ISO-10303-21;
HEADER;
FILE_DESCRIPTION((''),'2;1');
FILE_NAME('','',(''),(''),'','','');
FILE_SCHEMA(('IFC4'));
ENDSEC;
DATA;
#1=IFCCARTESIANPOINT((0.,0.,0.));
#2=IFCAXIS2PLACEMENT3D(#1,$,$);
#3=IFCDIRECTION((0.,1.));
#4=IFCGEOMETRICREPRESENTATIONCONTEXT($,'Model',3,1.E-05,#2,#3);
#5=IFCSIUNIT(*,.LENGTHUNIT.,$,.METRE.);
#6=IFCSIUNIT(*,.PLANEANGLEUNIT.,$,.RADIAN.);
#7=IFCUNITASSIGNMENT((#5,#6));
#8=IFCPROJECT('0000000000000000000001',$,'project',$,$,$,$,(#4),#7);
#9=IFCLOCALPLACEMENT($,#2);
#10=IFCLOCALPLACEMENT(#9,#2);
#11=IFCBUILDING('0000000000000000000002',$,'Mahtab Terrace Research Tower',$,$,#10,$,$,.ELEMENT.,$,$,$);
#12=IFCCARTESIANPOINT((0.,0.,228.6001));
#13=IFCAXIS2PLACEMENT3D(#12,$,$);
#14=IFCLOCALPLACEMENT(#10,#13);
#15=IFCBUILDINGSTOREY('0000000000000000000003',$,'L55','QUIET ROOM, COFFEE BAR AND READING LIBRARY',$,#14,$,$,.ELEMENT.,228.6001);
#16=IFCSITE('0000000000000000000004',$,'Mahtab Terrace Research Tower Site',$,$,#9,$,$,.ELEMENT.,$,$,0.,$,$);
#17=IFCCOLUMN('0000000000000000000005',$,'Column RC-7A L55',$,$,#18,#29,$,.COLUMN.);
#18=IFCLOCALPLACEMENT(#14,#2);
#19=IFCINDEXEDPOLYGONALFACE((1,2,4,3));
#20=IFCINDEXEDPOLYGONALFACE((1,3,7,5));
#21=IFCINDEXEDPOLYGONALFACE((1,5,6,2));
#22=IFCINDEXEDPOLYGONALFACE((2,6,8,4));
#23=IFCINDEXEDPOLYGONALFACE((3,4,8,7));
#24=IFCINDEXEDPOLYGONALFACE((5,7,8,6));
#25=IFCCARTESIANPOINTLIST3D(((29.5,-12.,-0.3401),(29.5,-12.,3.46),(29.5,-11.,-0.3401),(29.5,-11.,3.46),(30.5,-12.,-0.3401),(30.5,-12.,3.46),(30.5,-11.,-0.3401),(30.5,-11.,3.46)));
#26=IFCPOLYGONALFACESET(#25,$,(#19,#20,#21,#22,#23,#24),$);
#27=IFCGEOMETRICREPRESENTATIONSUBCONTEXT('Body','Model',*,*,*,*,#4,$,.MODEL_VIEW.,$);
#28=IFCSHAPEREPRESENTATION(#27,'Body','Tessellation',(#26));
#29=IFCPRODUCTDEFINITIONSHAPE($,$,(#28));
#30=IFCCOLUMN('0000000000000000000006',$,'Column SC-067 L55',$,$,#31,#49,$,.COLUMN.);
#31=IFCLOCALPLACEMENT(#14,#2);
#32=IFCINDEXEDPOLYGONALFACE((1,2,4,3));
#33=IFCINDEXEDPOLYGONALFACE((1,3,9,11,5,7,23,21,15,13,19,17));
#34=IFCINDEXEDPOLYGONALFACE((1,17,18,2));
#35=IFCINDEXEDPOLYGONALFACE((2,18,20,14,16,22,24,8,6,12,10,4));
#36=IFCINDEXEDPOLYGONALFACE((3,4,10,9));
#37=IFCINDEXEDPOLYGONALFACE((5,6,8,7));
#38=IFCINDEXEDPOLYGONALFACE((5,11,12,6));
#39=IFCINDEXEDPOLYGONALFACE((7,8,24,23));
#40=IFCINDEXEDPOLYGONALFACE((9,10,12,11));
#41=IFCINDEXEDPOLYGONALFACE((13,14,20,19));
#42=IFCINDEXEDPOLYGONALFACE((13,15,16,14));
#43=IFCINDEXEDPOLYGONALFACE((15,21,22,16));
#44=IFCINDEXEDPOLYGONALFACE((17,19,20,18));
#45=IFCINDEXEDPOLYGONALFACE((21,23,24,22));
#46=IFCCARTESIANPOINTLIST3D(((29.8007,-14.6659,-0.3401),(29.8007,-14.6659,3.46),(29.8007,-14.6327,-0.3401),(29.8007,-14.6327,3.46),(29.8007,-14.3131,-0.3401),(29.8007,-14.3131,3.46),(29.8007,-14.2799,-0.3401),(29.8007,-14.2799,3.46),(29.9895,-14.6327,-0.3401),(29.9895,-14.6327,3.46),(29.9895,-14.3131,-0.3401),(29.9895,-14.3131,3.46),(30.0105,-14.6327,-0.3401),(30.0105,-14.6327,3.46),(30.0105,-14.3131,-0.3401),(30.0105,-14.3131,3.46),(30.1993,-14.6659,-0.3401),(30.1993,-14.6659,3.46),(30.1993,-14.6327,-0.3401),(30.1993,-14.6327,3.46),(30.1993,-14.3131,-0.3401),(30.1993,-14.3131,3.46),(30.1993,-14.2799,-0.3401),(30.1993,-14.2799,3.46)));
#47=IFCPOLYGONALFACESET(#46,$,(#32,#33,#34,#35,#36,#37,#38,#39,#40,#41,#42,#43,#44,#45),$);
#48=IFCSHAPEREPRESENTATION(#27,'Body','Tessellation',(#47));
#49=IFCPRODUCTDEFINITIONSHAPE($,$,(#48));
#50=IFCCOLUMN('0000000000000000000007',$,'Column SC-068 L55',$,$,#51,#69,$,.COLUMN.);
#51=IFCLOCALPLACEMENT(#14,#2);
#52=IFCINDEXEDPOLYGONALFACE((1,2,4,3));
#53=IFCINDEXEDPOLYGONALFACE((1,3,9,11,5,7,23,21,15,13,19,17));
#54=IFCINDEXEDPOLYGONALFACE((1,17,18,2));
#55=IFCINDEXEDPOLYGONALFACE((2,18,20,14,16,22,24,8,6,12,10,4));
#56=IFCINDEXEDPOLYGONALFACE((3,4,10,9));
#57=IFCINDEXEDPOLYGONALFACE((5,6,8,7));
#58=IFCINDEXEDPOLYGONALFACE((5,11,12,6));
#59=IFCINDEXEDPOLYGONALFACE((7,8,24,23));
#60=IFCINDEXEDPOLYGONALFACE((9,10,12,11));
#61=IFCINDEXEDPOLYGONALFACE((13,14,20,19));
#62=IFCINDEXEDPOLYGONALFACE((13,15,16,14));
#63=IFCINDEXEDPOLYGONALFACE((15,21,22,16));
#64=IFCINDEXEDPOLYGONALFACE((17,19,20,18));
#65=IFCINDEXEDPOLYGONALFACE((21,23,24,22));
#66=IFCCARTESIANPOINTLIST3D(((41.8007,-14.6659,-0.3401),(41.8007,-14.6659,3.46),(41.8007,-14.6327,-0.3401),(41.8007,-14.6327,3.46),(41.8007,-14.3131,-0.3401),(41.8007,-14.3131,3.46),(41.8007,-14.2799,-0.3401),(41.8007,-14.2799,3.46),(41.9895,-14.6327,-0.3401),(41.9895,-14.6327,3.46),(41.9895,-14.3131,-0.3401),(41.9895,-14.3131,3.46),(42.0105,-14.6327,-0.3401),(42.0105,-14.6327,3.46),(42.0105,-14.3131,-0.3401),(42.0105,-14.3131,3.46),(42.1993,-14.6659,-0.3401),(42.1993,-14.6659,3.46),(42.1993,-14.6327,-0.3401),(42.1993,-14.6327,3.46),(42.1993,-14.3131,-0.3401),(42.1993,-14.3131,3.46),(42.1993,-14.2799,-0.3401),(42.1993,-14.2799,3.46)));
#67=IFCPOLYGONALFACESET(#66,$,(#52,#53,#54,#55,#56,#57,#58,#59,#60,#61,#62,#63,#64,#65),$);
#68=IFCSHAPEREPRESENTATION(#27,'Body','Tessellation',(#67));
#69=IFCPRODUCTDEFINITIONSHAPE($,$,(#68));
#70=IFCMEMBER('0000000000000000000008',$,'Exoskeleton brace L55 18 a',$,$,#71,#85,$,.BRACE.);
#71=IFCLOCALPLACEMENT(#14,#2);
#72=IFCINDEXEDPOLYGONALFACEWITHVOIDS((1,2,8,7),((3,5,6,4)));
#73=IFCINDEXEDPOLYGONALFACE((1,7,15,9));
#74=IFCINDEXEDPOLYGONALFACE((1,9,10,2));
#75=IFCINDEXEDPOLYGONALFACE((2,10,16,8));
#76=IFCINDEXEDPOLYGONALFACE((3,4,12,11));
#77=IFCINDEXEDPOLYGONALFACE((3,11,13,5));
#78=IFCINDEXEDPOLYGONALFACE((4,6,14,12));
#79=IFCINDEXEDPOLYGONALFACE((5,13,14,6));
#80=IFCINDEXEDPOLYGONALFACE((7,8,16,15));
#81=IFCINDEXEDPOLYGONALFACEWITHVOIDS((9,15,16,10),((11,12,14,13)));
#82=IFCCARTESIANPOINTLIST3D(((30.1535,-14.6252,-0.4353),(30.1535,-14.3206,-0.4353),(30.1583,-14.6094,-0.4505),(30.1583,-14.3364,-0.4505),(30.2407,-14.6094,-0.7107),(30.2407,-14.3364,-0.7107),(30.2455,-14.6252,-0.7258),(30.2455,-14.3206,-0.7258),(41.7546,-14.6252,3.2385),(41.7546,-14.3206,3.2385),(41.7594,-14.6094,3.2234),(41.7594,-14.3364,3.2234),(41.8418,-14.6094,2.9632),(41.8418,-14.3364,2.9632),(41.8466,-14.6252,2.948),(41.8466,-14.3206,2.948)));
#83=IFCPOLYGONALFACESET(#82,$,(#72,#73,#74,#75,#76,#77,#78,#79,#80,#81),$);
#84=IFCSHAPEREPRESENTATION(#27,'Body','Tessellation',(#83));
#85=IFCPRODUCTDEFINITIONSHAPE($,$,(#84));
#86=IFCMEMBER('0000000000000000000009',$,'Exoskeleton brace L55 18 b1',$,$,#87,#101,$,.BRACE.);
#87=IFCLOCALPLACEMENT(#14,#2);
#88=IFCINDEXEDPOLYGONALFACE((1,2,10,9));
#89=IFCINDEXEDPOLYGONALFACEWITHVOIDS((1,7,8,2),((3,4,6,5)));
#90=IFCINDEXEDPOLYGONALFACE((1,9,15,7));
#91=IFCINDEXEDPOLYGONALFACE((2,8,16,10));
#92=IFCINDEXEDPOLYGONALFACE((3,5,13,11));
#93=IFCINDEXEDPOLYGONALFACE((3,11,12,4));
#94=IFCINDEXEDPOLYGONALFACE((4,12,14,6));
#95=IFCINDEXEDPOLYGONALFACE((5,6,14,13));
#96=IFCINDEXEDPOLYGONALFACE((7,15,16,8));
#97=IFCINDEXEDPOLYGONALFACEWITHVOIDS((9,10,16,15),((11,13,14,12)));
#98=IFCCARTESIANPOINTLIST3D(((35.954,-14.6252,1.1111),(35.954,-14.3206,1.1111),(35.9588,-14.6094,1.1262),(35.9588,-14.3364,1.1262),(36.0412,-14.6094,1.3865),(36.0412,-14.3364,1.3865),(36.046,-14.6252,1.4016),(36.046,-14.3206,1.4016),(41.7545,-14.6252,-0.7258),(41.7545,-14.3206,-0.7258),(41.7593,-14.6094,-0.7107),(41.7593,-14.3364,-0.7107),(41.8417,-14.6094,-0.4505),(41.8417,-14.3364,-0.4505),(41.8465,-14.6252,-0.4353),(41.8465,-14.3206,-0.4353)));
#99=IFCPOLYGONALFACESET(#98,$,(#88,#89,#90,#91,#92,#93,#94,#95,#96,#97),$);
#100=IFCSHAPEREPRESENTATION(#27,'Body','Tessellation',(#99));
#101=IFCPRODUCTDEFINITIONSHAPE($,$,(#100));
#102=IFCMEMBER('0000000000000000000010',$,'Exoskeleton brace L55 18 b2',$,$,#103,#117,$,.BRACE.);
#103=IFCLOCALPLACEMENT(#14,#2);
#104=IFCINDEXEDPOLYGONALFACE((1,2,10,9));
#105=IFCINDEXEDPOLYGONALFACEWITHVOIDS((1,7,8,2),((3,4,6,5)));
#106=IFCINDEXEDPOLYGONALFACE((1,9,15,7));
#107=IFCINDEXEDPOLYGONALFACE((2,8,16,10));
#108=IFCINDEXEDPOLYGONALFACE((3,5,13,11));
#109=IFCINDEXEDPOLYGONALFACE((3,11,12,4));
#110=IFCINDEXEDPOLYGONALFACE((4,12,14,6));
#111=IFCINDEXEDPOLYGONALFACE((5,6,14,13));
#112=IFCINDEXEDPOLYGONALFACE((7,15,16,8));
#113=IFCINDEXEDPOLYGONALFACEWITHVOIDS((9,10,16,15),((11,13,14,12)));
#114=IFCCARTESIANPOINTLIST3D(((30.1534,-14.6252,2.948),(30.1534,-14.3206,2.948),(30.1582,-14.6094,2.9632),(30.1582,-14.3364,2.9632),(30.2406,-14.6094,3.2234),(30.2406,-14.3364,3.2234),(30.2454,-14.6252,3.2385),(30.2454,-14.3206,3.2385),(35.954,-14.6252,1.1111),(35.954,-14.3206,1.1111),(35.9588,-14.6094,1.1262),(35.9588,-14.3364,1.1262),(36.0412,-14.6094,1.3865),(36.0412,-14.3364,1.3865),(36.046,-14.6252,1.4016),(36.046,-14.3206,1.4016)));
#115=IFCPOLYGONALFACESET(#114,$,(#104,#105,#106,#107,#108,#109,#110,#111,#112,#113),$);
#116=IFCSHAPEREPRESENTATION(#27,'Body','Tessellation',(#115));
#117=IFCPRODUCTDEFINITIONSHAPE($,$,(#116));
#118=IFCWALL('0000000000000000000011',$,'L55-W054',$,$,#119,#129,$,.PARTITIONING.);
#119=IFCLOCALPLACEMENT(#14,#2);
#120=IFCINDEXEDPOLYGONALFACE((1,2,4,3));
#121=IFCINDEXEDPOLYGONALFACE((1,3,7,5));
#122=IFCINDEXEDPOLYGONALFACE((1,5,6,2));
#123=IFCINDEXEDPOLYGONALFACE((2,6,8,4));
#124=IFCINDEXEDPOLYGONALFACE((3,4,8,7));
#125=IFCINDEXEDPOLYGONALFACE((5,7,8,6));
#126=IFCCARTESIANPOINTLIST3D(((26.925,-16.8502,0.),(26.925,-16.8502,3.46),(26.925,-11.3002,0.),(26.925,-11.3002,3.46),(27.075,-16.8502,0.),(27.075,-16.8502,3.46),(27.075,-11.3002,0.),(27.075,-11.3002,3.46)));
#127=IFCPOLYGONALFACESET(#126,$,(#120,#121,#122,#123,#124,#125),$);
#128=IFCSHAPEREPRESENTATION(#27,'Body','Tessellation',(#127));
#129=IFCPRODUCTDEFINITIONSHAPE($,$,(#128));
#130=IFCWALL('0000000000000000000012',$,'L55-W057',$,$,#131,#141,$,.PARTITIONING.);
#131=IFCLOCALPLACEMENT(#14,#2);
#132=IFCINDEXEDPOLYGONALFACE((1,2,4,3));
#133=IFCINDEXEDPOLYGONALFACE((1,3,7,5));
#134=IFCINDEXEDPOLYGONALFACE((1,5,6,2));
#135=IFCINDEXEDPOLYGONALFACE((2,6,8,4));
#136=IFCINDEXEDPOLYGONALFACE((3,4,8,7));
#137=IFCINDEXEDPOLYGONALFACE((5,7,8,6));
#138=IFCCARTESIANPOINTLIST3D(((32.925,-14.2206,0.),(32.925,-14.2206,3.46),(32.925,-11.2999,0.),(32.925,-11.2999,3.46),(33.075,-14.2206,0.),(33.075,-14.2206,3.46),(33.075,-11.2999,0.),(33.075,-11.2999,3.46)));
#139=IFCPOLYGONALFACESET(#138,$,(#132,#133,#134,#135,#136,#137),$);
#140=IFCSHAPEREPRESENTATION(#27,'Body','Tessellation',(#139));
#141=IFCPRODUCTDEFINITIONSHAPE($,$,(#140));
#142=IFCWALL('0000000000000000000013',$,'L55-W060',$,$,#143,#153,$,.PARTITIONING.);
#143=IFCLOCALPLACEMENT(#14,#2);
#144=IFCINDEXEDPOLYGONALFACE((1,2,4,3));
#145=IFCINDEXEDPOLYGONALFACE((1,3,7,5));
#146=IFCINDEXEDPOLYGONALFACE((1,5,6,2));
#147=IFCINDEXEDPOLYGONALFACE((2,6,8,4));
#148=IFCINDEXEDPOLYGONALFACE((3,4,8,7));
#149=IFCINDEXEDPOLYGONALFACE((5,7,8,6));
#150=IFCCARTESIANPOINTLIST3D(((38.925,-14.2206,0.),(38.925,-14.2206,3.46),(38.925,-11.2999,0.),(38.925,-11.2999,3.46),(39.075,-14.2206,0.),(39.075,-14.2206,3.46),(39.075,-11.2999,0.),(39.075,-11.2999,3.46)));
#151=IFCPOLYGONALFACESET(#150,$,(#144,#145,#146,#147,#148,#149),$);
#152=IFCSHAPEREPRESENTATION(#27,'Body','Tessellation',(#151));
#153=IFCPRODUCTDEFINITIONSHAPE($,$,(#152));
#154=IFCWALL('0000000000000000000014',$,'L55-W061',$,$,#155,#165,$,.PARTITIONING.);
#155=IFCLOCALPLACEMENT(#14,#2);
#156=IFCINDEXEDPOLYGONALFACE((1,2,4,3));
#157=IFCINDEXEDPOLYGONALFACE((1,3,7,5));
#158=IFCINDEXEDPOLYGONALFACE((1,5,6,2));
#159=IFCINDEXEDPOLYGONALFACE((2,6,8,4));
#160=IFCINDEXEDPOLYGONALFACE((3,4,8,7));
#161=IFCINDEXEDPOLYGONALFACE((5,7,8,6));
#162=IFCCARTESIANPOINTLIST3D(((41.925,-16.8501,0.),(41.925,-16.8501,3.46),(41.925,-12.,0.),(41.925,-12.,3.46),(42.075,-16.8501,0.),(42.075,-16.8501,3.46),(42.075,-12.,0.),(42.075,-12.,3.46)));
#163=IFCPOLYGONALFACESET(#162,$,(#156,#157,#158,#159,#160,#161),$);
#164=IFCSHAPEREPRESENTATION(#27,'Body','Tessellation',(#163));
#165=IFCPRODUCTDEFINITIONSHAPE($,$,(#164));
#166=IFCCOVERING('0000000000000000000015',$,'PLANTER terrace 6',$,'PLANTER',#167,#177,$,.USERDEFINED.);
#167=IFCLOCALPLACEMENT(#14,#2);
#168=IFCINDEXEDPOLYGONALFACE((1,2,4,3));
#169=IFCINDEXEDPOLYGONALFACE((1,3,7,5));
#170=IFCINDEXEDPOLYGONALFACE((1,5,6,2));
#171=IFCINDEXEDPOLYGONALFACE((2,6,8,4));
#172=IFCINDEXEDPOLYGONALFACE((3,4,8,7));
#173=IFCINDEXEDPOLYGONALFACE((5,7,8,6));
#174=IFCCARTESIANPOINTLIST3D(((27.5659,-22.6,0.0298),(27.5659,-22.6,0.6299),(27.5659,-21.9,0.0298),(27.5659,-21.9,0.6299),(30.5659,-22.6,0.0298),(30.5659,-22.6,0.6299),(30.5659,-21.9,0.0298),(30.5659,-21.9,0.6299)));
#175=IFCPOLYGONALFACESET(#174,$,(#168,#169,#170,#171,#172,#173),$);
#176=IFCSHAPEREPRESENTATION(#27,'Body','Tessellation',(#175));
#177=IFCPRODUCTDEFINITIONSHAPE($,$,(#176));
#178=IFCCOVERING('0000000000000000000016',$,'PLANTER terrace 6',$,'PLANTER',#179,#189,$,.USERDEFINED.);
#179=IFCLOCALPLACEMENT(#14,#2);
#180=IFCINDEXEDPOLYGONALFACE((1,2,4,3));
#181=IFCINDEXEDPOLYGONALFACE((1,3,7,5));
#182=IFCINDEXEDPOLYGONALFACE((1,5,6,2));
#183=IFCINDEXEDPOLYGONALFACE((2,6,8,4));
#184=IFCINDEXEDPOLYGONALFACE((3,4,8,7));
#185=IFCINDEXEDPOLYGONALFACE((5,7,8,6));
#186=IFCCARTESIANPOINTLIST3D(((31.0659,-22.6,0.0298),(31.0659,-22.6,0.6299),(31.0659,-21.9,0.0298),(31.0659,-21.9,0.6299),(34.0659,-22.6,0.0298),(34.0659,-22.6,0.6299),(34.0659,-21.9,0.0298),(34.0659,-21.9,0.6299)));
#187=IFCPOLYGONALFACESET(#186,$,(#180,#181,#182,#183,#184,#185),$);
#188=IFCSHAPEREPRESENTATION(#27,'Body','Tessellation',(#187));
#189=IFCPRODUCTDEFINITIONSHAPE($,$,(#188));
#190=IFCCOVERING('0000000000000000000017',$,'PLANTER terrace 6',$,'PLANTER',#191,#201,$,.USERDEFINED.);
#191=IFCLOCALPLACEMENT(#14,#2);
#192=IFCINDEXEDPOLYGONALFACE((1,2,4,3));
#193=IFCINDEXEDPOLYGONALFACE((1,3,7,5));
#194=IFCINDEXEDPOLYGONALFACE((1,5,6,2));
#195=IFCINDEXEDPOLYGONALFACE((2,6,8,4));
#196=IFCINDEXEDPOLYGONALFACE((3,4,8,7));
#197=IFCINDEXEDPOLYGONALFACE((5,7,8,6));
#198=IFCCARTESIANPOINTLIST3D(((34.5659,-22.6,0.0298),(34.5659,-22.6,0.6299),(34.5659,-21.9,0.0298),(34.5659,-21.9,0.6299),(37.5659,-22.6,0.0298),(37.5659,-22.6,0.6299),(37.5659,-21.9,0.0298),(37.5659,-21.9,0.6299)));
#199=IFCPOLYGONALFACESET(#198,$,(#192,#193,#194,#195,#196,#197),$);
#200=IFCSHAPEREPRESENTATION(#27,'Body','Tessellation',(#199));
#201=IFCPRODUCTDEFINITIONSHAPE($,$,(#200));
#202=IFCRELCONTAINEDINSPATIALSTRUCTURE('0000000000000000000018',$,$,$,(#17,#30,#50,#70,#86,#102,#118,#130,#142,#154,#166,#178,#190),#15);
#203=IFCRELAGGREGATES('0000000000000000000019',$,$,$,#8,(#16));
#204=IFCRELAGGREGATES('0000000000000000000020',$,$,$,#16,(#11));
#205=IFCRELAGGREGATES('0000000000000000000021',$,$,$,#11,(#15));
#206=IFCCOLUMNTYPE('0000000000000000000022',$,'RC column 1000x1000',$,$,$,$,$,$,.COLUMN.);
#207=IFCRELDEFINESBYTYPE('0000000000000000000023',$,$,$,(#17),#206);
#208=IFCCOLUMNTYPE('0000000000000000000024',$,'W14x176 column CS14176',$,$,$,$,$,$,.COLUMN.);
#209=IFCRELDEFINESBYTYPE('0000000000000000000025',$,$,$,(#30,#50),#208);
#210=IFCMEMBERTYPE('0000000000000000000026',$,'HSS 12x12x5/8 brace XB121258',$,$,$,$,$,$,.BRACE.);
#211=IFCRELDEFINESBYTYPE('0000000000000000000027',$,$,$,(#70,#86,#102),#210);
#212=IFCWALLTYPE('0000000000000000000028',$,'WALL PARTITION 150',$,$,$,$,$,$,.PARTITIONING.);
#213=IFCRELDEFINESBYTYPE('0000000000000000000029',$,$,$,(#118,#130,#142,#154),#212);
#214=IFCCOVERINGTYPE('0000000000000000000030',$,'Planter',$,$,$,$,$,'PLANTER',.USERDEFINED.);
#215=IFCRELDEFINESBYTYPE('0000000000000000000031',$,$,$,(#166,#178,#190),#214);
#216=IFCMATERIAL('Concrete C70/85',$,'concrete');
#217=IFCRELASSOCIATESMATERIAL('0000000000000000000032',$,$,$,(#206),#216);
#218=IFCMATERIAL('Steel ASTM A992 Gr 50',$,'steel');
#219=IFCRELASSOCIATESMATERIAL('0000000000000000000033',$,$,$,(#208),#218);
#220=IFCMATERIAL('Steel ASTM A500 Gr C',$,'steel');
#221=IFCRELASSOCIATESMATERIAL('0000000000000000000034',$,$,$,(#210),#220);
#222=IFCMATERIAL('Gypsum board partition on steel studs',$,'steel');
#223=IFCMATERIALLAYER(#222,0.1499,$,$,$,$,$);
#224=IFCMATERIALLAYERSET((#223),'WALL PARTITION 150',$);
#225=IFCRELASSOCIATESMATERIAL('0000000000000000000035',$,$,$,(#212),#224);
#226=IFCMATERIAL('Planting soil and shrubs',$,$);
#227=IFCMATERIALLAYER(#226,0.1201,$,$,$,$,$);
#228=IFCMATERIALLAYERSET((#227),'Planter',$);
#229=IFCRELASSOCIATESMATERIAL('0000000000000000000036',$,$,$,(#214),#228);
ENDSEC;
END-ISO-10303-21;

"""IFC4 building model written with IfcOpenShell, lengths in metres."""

from ifc_helpers import new_model, si_unit, direction, frame, frame_2d, origin, origin_2d, place, context, subcontext, project, spatial, rectangle, hollow_rectangle, i_section, extrude, material, layer, layer_set, material_profile, profile_set, type_object, element, save


model = new_model("IFC4")

# Units and contexts
model_context = context("Model", 3, precision=1e-05, world=origin(), true_north=direction((0.0, 1.0)))
body_context = subcontext(model_context, "Body", "Model", "MODEL_VIEW")
ifc_project = project(units=[si_unit("LENGTHUNIT", "METRE"), si_unit("PLANEANGLEUNIT", "RADIAN")], contexts=[model_context])

# Site, building, storey
site_placement = place(None, origin())
site = spatial("IfcSite", under=ifc_project, at=site_placement, Name="Mahtab Terrace Research Tower Site", CompositionType="ELEMENT", RefElevation=0.0)
building_placement = place(site_placement, origin())
building = spatial("IfcBuilding", under=site, at=building_placement, Name="Mahtab Terrace Research Tower", CompositionType="ELEMENT")
storey_placement = place(building_placement, frame((0.0, 0.0, 228.6001)))
storey = spatial("IfcBuildingStorey", under=building, at=storey_placement, Name="L55", Description="QUIET ROOM, COFFEE BAR AND READING LIBRARY", CompositionType="ELEMENT", Elevation=228.6001)

# Columns
ifc_material_1 = material(Name="Concrete C70/85", Category="concrete")
ifc_material_profile_1 = material_profile(ifc_material_1, rectangle(XDim=1.0, YDim=1.0, at=origin_2d()), Name="RC column 1000x1000")
ifc_profile_set_1 = profile_set([ifc_material_profile_1], Name="Concrete C70/85")
column_type_1 = type_object("IfcColumnType", Name="RC column 1000x1000", PredefinedType="COLUMN", material=ifc_profile_set_1)
column_placement = place(storey_placement, frame((30.0, -11.5, -0.3401), z_axis=(0.0, 0.0, 1.0), x_axis=(1.0, 0.0, 0.0)))
element("IfcColumn", 1, at=column_placement, inside=storey, type_object=column_type_1, Name="Column RC-7A L55", PredefinedType="COLUMN", context=body_context, shape_type="SweptSolid", body=[
    extrude(rectangle(XDim=1.0, YDim=1.0, at=origin_2d()), origin(), (0.0, 0.0, 1.0), 3.8),
])
ifc_material_2 = material(Name="Steel ASTM A992 Gr 50", Category="steel")
ifc_material_profile_2 = material_profile(ifc_material_2, i_section(OverallWidth=0.3987, OverallDepth=0.386, WebThickness=0.021, FlangeThickness=0.0332, at=origin_2d()), Name="W14X176")
ifc_profile_set_2 = profile_set([ifc_material_profile_2], Name="Steel ASTM A992 Gr 50")
column_type_2 = type_object("IfcColumnType", Name="W14x176 column CS14176", PredefinedType="COLUMN", material=ifc_profile_set_2)
for number, where, z_axis, x_axis, name in (
    (2, (30.0, -14.4729, -0.3401), (0.0, 0.0, 1.0), (1.0, 0.0, 0.0), "Column SC-067 L55"),
    (3, (42.0, -14.4729, -0.3401), (0.0, 0.0, 1.0), (1.0, 0.0, 0.0), "Column SC-068 L55"),
):
    element("IfcColumn", number, at=place(storey_placement, frame(where, z_axis=z_axis, x_axis=x_axis)), inside=storey, type_object=column_type_2, Name=name, PredefinedType="COLUMN", context=body_context, shape_type="SweptSolid", body=[
        extrude(i_section(OverallWidth=0.3987, OverallDepth=0.386, WebThickness=0.021, FlangeThickness=0.0332, at=origin_2d()), origin(), (0.0, 0.0, 1.0), 3.8),
    ])

# Members
ifc_material_3 = material(Name="Steel ASTM A500 Gr C", Category="steel")
ifc_material_profile_3 = material_profile(ifc_material_3, hollow_rectangle(XDim=0.3047, YDim=0.3047, WallThickness=0.0159, at=origin_2d()), Name="HSS12X12X5/8")
ifc_profile_set_3 = profile_set([ifc_material_profile_3], Name="Steel ASTM A500 Gr C")
member_type = type_object("IfcMemberType", Name="HSS 12x12x5/8 brace XB121258", PredefinedType="BRACE", material=ifc_profile_set_3)
member_placement = place(storey_placement, frame((30.1995, -14.4729, -0.5806), z_axis=(0.953339, 0.0, 0.301903), x_axis=(0.0, 1.0, 0.0)))
element("IfcMember", 4, at=member_placement, inside=storey, type_object=member_type, Name="Exoskeleton brace L55 18 a", PredefinedType="BRACE", context=body_context, shape_type="SweptSolid", body=[
    extrude(hollow_rectangle(XDim=0.3047, YDim=0.3047, WallThickness=0.0159, at=origin_2d()), origin(), (0.0, 0.0, 1.0), 12.1689),
])
for number, where, z_axis, x_axis, name in (
    (5, (41.8005, -14.4729, -0.5806), (-0.953339, 0.0, 0.301903), (0.0, -1.0, 0.0), "Exoskeleton brace L55 18 b1"),
    (6, (36.0, -14.4729, 1.2563), (-0.953339, 0.0, 0.301903), (0.0, -1.0, 0.0), "Exoskeleton brace L55 18 b2"),
):
    element("IfcMember", number, at=place(storey_placement, frame(where, z_axis=z_axis, x_axis=x_axis)), inside=storey, type_object=member_type, Name=name, PredefinedType="BRACE", context=body_context, shape_type="SweptSolid", body=[
        extrude(hollow_rectangle(XDim=0.3047, YDim=0.3047, WallThickness=0.0159, at=origin_2d()), origin(), (0.0, 0.0, 1.0), 6.0845),
    ])

# Walls
ifc_material_4 = material(Name="Gypsum board partition on steel studs", Category="steel")
ifc_layer_1 = layer(ifc_material_4, 0.1499)
ifc_layer_set_1 = layer_set([ifc_layer_1], Name="WALL PARTITION 150")
wall_type = type_object("IfcWallType", Name="WALL PARTITION 150", PredefinedType="PARTITIONING", material=ifc_layer_set_1)
wall_1_placement = place(storey_placement, frame((27.0, -16.8501, 0.0), z_axis=(0.0, 0.0, 1.0), x_axis=(0.0, 1.0, 0.0)))
element("IfcWall", 7, at=wall_1_placement, inside=storey, type_object=wall_type, Name="L55-W054", PredefinedType="PARTITIONING", context=body_context, shape_type="SweptSolid", body=[
    extrude(rectangle(XDim=5.55, YDim=0.1499, at=frame_2d((2.7749, 0.0))), origin(), (0.0, 0.0, 1.0), 3.46),
])
for number, where, z_axis, x_axis, name in (
    (8, (33.0, -14.2207, 0.0), (0.0, 0.0, 1.0), (0.0, 1.0, 0.0), "L55-W057"),
    (9, (39.0, -14.2207, 0.0), (0.0, 0.0, 1.0), (0.0, 1.0, 0.0), "L55-W060"),
):
    element("IfcWall", number, at=place(storey_placement, frame(where, z_axis=z_axis, x_axis=x_axis)), inside=storey, type_object=wall_type, Name=name, PredefinedType="PARTITIONING", context=body_context, shape_type="SweptSolid", body=[
        extrude(rectangle(XDim=2.9207, YDim=0.1499, at=frame_2d((1.4604, 0.0))), origin(), (0.0, 0.0, 1.0), 3.46),
    ])
wall_2_placement = place(storey_placement, frame((42.0, -16.8501, 0.0), z_axis=(0.0, 0.0, 1.0), x_axis=(0.0, 1.0, 0.0)))
element("IfcWall", 10, at=wall_2_placement, inside=storey, type_object=wall_type, Name="L55-W061", PredefinedType="PARTITIONING", context=body_context, shape_type="SweptSolid", body=[
    extrude(rectangle(XDim=4.8501, YDim=0.1499, at=frame_2d((2.425, 0.0))), origin(), (0.0, 0.0, 1.0), 3.46),
])

# Coverings
ifc_material_5 = material(Name="Planting soil and shrubs")
ifc_layer_2 = layer(ifc_material_5, 0.1201)
ifc_layer_set_2 = layer_set([ifc_layer_2], Name="Planter")
covering_type = type_object("IfcCoveringType", Name="Planter", ElementType="PLANTER", PredefinedType="USERDEFINED", material=ifc_layer_set_2)
for number, where, z_axis, x_axis, name in (
    (11, (29.0659, -22.25, 0.0298), (0.0, 0.0, 1.0), (1.0, 0.0, 0.0), "PLANTER terrace 6"),
    (12, (32.5659, -22.25, 0.0298), (0.0, 0.0, 1.0), (1.0, 0.0, 0.0), "PLANTER terrace 6"),
    (13, (36.0659, -22.25, 0.0298), (0.0, 0.0, 1.0), (1.0, 0.0, 0.0), "PLANTER terrace 6"),
):
    element("IfcCovering", number, at=place(storey_placement, frame(where, z_axis=z_axis, x_axis=x_axis)), inside=storey, type_object=covering_type, Name=name, ObjectType="PLANTER", PredefinedType="USERDEFINED", context=body_context, shape_type="SweptSolid", body=[
        extrude(rectangle(XDim=3.0, YDim=0.7, at=origin_2d()), origin(), (0.0, 0.0, 1.0), 0.6001),
    ])

save(model, "model.ifc")
